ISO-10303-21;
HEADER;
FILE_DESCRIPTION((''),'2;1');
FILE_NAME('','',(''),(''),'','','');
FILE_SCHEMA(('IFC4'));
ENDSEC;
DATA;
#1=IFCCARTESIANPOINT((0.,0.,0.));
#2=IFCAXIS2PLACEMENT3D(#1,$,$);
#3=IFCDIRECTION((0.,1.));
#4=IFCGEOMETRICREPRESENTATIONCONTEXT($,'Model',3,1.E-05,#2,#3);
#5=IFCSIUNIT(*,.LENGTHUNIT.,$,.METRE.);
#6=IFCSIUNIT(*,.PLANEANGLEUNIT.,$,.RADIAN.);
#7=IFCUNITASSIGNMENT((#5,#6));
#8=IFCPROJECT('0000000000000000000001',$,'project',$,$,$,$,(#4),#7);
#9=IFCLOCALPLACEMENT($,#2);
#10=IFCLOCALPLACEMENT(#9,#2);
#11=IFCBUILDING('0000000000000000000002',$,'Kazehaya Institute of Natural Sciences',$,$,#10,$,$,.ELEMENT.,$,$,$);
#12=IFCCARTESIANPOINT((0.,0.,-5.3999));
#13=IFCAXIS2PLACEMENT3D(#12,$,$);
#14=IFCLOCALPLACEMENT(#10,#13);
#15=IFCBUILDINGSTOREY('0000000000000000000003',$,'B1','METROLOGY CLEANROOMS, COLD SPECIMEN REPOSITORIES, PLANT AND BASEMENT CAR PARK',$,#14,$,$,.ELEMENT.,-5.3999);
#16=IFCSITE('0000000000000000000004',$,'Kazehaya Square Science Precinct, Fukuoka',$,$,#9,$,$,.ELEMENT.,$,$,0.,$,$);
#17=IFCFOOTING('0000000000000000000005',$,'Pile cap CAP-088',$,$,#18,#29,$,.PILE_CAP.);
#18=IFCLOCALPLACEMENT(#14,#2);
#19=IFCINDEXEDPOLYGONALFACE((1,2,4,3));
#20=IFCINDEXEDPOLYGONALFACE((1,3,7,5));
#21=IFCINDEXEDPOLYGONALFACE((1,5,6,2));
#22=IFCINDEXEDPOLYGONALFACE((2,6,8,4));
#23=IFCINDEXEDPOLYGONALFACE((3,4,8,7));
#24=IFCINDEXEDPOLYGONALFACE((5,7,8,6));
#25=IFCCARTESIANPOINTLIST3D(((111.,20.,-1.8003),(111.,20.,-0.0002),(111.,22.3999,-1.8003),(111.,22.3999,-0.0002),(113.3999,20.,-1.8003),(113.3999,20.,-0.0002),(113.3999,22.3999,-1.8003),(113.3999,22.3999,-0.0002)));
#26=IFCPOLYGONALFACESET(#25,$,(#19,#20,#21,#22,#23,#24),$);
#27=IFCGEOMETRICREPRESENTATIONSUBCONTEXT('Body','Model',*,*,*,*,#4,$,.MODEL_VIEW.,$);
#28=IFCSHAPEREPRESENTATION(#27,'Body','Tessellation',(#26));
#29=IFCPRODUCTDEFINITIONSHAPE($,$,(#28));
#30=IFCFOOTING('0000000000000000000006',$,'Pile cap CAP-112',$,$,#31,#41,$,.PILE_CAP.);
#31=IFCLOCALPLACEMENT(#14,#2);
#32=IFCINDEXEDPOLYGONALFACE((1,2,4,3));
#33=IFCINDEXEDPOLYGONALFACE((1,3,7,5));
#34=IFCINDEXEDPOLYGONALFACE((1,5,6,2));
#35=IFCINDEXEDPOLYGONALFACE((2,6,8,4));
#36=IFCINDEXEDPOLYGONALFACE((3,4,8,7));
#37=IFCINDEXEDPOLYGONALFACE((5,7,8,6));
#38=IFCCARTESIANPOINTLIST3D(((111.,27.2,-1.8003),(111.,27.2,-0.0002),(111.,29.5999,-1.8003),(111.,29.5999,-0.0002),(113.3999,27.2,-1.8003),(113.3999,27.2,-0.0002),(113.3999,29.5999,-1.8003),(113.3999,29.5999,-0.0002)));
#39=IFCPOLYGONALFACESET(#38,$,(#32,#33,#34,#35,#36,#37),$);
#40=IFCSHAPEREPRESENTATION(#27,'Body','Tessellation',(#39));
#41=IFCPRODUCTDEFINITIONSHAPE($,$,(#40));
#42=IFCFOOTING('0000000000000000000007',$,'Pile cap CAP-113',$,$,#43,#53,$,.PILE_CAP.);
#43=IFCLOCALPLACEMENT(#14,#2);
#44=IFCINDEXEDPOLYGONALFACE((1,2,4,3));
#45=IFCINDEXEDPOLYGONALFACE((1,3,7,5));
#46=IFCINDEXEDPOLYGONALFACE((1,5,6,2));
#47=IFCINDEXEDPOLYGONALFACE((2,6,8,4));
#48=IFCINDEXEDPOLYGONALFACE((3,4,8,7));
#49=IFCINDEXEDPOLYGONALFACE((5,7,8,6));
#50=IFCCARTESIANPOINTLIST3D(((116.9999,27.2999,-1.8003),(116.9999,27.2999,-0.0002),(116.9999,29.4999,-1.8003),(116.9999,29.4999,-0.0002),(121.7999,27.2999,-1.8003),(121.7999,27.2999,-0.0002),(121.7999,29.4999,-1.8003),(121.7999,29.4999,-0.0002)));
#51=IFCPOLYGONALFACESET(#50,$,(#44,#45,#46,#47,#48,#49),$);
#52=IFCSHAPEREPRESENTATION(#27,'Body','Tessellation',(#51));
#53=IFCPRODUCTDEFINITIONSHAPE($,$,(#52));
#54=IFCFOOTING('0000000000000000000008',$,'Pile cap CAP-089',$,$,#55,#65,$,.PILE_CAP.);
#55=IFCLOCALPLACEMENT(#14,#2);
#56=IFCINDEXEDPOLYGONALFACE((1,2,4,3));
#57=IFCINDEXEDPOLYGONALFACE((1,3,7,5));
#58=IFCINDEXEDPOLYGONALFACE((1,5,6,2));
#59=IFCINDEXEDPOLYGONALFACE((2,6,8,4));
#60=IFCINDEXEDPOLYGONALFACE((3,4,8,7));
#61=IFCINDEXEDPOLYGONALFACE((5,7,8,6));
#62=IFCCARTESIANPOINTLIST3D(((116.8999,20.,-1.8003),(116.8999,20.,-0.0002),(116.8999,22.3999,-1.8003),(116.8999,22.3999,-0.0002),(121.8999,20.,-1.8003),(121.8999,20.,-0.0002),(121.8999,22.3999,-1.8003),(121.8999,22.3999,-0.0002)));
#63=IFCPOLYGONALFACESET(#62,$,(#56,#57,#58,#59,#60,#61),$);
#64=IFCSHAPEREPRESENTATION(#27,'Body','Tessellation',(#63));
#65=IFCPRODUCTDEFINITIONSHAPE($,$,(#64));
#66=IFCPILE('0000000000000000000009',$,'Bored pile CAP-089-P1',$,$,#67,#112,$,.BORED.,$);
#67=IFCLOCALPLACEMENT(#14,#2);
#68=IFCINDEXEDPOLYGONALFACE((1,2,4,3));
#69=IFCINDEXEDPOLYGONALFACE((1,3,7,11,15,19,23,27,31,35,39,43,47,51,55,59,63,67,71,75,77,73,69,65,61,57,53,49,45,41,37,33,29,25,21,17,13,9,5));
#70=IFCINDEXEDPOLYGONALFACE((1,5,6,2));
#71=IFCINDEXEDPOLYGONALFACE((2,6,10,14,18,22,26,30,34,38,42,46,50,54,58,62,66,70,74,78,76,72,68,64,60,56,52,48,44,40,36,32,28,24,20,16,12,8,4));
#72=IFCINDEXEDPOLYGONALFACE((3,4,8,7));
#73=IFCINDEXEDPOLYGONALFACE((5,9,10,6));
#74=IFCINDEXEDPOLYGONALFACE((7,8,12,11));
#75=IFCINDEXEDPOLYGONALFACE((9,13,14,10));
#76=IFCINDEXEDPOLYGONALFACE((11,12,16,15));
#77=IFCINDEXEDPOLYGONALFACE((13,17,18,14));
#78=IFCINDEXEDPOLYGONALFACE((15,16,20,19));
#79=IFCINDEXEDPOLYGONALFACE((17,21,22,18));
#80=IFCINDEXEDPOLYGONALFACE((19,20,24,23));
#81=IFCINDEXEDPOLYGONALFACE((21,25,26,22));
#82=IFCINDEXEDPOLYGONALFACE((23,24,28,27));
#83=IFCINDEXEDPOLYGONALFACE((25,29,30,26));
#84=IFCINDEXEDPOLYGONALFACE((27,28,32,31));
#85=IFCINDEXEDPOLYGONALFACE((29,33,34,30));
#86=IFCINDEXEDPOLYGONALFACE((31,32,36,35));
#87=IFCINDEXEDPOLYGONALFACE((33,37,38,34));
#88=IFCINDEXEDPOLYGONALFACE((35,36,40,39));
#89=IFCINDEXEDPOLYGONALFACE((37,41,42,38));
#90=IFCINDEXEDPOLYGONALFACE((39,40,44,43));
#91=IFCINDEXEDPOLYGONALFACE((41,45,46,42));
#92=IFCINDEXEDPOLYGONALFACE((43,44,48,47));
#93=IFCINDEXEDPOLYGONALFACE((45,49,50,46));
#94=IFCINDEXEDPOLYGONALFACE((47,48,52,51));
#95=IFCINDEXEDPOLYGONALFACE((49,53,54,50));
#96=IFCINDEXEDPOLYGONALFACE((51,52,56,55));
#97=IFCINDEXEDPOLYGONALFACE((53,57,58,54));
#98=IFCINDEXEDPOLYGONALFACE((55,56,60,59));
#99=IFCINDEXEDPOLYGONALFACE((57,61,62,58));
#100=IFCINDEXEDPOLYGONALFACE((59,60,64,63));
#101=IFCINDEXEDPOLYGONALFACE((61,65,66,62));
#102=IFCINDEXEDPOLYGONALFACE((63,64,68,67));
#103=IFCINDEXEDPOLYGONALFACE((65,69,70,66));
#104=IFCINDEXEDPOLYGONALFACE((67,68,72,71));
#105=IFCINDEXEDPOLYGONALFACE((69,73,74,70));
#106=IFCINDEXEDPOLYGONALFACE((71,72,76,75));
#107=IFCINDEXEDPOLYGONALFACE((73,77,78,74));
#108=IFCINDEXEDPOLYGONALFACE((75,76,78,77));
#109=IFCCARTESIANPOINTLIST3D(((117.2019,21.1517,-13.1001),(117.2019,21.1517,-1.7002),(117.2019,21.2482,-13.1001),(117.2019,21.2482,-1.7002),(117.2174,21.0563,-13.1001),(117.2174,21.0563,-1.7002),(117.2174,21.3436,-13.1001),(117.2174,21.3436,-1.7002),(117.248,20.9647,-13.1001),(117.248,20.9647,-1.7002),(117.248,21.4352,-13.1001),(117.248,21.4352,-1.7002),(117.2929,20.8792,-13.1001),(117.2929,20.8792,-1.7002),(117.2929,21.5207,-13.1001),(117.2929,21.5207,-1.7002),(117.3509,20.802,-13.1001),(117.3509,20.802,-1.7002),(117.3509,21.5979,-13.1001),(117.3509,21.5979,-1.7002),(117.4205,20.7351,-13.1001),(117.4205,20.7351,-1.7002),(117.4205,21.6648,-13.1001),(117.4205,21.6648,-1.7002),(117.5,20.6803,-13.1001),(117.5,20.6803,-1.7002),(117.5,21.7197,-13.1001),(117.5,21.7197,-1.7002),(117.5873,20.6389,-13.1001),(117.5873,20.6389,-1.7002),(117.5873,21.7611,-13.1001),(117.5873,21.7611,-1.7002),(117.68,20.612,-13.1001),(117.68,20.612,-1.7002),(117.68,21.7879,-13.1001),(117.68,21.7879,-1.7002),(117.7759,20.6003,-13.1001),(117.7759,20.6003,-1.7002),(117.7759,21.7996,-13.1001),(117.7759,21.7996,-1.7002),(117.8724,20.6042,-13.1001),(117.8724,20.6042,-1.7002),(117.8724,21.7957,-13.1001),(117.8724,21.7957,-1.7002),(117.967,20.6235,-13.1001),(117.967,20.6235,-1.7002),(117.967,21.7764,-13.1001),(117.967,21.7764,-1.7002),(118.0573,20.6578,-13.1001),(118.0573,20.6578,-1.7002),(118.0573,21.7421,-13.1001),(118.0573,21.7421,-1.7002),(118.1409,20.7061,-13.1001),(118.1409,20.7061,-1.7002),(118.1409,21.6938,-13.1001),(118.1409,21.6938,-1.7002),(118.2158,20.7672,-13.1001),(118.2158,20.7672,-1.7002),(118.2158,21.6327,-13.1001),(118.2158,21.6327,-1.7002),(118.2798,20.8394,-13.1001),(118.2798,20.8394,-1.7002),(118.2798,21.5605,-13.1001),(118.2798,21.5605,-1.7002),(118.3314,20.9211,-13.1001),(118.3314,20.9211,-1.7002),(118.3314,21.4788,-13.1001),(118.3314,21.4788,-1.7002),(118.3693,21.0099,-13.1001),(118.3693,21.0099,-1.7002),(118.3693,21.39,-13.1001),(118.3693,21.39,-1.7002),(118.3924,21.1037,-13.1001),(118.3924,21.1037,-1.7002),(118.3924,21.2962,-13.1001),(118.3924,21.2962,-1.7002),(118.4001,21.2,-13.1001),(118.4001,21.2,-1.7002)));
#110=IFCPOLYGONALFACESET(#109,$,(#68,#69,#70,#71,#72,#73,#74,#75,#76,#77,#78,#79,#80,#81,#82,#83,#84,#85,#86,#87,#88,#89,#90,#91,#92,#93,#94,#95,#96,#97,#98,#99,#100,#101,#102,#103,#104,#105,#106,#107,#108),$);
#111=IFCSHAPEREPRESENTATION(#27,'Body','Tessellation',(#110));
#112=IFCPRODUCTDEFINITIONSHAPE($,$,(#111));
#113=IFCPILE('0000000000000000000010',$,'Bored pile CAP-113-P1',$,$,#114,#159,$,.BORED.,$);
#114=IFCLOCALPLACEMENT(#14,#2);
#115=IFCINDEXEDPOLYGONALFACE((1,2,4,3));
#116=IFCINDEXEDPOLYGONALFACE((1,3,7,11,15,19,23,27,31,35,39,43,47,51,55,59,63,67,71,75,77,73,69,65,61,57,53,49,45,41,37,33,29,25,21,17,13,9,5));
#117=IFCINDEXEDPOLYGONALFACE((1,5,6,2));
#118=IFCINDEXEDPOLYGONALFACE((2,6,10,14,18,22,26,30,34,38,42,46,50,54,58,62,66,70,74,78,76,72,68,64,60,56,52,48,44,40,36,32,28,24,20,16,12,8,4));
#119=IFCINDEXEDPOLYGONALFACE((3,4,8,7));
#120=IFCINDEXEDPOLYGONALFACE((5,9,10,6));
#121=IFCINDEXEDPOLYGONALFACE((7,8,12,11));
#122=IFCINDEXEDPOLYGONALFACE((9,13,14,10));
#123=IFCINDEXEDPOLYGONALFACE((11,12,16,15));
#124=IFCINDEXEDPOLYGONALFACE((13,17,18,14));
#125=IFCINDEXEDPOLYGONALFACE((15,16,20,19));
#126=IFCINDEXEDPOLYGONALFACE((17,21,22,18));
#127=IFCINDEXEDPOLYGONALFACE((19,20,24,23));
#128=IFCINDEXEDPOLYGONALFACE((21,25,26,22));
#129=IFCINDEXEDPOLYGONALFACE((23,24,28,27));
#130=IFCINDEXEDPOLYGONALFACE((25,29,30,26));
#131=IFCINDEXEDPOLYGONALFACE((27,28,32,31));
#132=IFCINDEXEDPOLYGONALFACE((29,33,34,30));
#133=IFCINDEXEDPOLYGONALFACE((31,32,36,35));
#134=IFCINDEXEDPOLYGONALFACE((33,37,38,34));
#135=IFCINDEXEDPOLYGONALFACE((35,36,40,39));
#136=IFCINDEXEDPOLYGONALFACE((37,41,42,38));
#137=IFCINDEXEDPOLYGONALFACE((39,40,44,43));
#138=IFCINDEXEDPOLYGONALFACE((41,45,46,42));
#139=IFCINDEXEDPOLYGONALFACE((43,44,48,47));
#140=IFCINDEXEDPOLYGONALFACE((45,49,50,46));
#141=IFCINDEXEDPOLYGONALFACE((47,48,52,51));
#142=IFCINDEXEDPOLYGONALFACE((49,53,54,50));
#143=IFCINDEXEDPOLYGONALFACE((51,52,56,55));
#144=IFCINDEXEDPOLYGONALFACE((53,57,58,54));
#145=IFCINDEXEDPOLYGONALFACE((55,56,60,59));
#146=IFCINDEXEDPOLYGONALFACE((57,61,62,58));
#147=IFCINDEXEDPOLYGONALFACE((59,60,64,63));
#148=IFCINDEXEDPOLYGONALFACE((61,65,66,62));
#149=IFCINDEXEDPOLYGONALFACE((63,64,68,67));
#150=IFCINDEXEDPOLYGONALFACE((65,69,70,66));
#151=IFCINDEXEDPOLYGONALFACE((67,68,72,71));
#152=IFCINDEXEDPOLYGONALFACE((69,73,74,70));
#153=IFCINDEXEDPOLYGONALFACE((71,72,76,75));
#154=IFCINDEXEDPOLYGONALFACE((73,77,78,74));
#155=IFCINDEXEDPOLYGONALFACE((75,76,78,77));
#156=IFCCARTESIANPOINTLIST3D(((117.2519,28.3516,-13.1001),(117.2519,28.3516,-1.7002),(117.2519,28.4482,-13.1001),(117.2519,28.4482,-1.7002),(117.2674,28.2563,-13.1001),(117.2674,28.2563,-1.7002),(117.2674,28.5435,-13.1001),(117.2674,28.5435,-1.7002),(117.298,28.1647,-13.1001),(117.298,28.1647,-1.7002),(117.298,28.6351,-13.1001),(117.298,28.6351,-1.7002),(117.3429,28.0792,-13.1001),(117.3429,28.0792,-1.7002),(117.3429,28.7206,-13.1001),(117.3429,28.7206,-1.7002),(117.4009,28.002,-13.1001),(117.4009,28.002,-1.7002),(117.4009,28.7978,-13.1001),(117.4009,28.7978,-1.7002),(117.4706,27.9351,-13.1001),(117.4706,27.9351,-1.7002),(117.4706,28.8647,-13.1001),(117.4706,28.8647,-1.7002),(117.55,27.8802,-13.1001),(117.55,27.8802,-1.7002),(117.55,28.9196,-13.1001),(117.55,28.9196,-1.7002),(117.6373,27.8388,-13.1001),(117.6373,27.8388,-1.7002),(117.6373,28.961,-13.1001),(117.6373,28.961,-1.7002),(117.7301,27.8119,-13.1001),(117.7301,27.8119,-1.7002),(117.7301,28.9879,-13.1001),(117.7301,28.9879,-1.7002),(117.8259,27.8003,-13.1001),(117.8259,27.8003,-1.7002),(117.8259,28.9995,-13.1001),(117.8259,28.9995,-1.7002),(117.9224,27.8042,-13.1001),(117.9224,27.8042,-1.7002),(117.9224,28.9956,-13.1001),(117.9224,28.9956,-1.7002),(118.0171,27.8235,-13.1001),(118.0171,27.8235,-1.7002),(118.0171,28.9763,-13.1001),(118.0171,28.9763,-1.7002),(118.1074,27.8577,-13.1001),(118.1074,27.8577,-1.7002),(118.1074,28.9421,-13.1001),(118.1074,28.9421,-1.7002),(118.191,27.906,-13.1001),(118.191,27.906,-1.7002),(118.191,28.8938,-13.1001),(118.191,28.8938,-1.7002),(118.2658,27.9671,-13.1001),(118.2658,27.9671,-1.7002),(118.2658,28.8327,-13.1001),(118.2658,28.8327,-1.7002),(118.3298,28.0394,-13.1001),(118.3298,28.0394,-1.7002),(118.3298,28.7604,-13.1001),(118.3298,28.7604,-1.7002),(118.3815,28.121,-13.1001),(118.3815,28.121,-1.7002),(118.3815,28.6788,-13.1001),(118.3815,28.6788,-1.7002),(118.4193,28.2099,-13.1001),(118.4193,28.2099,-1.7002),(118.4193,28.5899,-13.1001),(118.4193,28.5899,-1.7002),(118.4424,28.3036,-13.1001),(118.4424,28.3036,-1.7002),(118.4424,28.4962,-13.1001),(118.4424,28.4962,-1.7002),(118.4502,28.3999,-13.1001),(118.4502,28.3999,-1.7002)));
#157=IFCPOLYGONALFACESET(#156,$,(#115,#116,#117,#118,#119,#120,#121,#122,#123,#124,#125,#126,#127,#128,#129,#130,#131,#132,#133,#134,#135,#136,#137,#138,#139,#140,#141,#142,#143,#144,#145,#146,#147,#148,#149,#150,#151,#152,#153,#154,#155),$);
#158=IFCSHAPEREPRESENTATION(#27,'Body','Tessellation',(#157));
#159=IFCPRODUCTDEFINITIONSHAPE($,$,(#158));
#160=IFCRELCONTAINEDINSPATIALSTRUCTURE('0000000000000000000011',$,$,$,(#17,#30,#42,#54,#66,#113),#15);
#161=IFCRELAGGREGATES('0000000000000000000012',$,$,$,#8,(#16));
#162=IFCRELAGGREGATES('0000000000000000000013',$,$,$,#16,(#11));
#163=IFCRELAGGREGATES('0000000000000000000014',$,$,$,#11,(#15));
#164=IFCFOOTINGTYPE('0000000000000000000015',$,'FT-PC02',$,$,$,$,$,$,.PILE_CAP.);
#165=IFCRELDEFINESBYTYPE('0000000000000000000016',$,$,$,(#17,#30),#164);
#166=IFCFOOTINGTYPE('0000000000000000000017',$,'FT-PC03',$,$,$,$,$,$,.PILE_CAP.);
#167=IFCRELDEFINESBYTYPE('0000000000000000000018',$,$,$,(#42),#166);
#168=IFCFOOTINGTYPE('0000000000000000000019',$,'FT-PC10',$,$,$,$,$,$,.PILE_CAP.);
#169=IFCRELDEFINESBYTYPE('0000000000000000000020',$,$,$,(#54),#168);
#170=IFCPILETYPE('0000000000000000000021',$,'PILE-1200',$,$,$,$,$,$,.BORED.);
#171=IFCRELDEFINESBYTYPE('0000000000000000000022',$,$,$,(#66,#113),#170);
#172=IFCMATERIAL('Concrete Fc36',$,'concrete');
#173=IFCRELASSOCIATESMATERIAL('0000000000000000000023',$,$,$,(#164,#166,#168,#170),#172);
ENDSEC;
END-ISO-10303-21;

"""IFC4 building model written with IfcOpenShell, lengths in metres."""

from ifc_helpers import new_model, si_unit, direction, frame, origin, origin_2d, place, context, subcontext, project, spatial, rectangle, circle, extrude, material, material_profile, profile_set, type_object, element, save


model = new_model("IFC4")

# Units and contexts
model_context = context("Model", 3, precision=1e-05, world=origin(), true_north=direction((0.0, 1.0)))
body_context = subcontext(model_context, "Body", "Model", "MODEL_VIEW")
ifc_project = project(units=[si_unit("LENGTHUNIT", "METRE"), si_unit("PLANEANGLEUNIT", "RADIAN")], contexts=[model_context])

# Site, building, storey
site_placement = place(None, origin())
site = spatial("IfcSite", under=ifc_project, at=site_placement, Name="Kazehaya Square Science Precinct, Fukuoka", CompositionType="ELEMENT", RefElevation=0.0)
building_placement = place(site_placement, origin())
building = spatial("IfcBuilding", under=site, at=building_placement, Name="Kazehaya Institute of Natural Sciences", CompositionType="ELEMENT")
storey_placement = place(building_placement, frame((0.0, 0.0, -5.3999)))
storey = spatial("IfcBuildingStorey", under=building, at=storey_placement, Name="B1", Description="METROLOGY CLEANROOMS, COLD SPECIMEN REPOSITORIES, PLANT AND BASEMENT CAR PARK", CompositionType="ELEMENT", Elevation=-5.3999)

# Footings
ifc_material_1 = material(Name="Concrete Fc36", Category="concrete")
footing_type_1 = type_object("IfcFootingType", Name="FT-PC02", PredefinedType="PILE_CAP", material=ifc_material_1)
for number, where, z_axis, x_axis, name in (
    (1, (112.2, 21.2, -1.8003), (0.0, 0.0, 1.0), (1.0, 0.0, 0.0), "Pile cap CAP-088"),
    (2, (112.2, 28.3999, -1.8003), (0.0, 0.0, 1.0), (1.0, 0.0, 0.0), "Pile cap CAP-112"),
):
    element("IfcFooting", number, at=place(storey_placement, frame(where, z_axis=z_axis, x_axis=x_axis)), inside=storey, type_object=footing_type_1, Name=name, PredefinedType="PILE_CAP", context=body_context, shape_type="SweptSolid", body=[
        extrude(rectangle(XDim=2.3999, YDim=2.3999, at=origin_2d()), origin(), (0.0, 0.0, 1.0), 1.8),
    ])
footing_type_2 = type_object("IfcFootingType", Name="FT-PC03", PredefinedType="PILE_CAP", material=ifc_material_1)
footing_1_placement = place(storey_placement, frame((119.3999, 28.3999, -1.8003), z_axis=(0.0, 0.0, 1.0), x_axis=(1.0, 0.0, 0.0)))
element("IfcFooting", 3, at=footing_1_placement, inside=storey, type_object=footing_type_2, Name="Pile cap CAP-113", PredefinedType="PILE_CAP", context=body_context, shape_type="SweptSolid", body=[
    extrude(rectangle(XDim=4.8, YDim=2.2, at=origin_2d()), origin(), (0.0, 0.0, 1.0), 1.8),
])
footing_type_3 = type_object("IfcFootingType", Name="FT-PC10", PredefinedType="PILE_CAP", material=ifc_material_1)
footing_2_placement = place(storey_placement, frame((119.3999, 21.2, -1.8003), z_axis=(0.0, 0.0, 1.0), x_axis=(1.0, 0.0, 0.0)))
element("IfcFooting", 4, at=footing_2_placement, inside=storey, type_object=footing_type_3, Name="Pile cap CAP-089", PredefinedType="PILE_CAP", context=body_context, shape_type="SweptSolid", body=[
    extrude(rectangle(XDim=5.0, YDim=2.3999, at=origin_2d()), origin(), (0.0, 0.0, 1.0), 1.8),
])

# Piles
ifc_material_profile_1 = material_profile(ifc_material_1, circle(Radius=0.6001, at=origin_2d()), Name="PILE-1200")
ifc_profile_set_1 = profile_set([ifc_material_profile_1], Name="Concrete Fc36")
pile_type_1 = type_object("IfcPileType", Name="PILE-1200", PredefinedType="BORED", material=ifc_profile_set_1)
for number, where, z_axis, x_axis, name in (
    (5, (117.8, 21.2, -1.7002), (0.0, 0.0, -1.0), (1.0, 0.0, 0.0), "Bored pile CAP-089-P1"),
    (6, (117.8501, 28.3999, -1.7002), (0.0, 0.0, -1.0), (1.0, 0.0, 0.0), "Bored pile CAP-113-P1"),
):
    element("IfcPile", number, at=place(storey_placement, frame(where, z_axis=z_axis, x_axis=x_axis)), inside=storey, type_object=pile_type_1, Name=name, PredefinedType="BORED", context=body_context, shape_type="SweptSolid", body=[
        extrude(circle(Radius=0.6001, at=origin_2d()), origin(), (0.0, 0.0, 1.0), 11.3999),
    ])

save(model, "model.ifc")
